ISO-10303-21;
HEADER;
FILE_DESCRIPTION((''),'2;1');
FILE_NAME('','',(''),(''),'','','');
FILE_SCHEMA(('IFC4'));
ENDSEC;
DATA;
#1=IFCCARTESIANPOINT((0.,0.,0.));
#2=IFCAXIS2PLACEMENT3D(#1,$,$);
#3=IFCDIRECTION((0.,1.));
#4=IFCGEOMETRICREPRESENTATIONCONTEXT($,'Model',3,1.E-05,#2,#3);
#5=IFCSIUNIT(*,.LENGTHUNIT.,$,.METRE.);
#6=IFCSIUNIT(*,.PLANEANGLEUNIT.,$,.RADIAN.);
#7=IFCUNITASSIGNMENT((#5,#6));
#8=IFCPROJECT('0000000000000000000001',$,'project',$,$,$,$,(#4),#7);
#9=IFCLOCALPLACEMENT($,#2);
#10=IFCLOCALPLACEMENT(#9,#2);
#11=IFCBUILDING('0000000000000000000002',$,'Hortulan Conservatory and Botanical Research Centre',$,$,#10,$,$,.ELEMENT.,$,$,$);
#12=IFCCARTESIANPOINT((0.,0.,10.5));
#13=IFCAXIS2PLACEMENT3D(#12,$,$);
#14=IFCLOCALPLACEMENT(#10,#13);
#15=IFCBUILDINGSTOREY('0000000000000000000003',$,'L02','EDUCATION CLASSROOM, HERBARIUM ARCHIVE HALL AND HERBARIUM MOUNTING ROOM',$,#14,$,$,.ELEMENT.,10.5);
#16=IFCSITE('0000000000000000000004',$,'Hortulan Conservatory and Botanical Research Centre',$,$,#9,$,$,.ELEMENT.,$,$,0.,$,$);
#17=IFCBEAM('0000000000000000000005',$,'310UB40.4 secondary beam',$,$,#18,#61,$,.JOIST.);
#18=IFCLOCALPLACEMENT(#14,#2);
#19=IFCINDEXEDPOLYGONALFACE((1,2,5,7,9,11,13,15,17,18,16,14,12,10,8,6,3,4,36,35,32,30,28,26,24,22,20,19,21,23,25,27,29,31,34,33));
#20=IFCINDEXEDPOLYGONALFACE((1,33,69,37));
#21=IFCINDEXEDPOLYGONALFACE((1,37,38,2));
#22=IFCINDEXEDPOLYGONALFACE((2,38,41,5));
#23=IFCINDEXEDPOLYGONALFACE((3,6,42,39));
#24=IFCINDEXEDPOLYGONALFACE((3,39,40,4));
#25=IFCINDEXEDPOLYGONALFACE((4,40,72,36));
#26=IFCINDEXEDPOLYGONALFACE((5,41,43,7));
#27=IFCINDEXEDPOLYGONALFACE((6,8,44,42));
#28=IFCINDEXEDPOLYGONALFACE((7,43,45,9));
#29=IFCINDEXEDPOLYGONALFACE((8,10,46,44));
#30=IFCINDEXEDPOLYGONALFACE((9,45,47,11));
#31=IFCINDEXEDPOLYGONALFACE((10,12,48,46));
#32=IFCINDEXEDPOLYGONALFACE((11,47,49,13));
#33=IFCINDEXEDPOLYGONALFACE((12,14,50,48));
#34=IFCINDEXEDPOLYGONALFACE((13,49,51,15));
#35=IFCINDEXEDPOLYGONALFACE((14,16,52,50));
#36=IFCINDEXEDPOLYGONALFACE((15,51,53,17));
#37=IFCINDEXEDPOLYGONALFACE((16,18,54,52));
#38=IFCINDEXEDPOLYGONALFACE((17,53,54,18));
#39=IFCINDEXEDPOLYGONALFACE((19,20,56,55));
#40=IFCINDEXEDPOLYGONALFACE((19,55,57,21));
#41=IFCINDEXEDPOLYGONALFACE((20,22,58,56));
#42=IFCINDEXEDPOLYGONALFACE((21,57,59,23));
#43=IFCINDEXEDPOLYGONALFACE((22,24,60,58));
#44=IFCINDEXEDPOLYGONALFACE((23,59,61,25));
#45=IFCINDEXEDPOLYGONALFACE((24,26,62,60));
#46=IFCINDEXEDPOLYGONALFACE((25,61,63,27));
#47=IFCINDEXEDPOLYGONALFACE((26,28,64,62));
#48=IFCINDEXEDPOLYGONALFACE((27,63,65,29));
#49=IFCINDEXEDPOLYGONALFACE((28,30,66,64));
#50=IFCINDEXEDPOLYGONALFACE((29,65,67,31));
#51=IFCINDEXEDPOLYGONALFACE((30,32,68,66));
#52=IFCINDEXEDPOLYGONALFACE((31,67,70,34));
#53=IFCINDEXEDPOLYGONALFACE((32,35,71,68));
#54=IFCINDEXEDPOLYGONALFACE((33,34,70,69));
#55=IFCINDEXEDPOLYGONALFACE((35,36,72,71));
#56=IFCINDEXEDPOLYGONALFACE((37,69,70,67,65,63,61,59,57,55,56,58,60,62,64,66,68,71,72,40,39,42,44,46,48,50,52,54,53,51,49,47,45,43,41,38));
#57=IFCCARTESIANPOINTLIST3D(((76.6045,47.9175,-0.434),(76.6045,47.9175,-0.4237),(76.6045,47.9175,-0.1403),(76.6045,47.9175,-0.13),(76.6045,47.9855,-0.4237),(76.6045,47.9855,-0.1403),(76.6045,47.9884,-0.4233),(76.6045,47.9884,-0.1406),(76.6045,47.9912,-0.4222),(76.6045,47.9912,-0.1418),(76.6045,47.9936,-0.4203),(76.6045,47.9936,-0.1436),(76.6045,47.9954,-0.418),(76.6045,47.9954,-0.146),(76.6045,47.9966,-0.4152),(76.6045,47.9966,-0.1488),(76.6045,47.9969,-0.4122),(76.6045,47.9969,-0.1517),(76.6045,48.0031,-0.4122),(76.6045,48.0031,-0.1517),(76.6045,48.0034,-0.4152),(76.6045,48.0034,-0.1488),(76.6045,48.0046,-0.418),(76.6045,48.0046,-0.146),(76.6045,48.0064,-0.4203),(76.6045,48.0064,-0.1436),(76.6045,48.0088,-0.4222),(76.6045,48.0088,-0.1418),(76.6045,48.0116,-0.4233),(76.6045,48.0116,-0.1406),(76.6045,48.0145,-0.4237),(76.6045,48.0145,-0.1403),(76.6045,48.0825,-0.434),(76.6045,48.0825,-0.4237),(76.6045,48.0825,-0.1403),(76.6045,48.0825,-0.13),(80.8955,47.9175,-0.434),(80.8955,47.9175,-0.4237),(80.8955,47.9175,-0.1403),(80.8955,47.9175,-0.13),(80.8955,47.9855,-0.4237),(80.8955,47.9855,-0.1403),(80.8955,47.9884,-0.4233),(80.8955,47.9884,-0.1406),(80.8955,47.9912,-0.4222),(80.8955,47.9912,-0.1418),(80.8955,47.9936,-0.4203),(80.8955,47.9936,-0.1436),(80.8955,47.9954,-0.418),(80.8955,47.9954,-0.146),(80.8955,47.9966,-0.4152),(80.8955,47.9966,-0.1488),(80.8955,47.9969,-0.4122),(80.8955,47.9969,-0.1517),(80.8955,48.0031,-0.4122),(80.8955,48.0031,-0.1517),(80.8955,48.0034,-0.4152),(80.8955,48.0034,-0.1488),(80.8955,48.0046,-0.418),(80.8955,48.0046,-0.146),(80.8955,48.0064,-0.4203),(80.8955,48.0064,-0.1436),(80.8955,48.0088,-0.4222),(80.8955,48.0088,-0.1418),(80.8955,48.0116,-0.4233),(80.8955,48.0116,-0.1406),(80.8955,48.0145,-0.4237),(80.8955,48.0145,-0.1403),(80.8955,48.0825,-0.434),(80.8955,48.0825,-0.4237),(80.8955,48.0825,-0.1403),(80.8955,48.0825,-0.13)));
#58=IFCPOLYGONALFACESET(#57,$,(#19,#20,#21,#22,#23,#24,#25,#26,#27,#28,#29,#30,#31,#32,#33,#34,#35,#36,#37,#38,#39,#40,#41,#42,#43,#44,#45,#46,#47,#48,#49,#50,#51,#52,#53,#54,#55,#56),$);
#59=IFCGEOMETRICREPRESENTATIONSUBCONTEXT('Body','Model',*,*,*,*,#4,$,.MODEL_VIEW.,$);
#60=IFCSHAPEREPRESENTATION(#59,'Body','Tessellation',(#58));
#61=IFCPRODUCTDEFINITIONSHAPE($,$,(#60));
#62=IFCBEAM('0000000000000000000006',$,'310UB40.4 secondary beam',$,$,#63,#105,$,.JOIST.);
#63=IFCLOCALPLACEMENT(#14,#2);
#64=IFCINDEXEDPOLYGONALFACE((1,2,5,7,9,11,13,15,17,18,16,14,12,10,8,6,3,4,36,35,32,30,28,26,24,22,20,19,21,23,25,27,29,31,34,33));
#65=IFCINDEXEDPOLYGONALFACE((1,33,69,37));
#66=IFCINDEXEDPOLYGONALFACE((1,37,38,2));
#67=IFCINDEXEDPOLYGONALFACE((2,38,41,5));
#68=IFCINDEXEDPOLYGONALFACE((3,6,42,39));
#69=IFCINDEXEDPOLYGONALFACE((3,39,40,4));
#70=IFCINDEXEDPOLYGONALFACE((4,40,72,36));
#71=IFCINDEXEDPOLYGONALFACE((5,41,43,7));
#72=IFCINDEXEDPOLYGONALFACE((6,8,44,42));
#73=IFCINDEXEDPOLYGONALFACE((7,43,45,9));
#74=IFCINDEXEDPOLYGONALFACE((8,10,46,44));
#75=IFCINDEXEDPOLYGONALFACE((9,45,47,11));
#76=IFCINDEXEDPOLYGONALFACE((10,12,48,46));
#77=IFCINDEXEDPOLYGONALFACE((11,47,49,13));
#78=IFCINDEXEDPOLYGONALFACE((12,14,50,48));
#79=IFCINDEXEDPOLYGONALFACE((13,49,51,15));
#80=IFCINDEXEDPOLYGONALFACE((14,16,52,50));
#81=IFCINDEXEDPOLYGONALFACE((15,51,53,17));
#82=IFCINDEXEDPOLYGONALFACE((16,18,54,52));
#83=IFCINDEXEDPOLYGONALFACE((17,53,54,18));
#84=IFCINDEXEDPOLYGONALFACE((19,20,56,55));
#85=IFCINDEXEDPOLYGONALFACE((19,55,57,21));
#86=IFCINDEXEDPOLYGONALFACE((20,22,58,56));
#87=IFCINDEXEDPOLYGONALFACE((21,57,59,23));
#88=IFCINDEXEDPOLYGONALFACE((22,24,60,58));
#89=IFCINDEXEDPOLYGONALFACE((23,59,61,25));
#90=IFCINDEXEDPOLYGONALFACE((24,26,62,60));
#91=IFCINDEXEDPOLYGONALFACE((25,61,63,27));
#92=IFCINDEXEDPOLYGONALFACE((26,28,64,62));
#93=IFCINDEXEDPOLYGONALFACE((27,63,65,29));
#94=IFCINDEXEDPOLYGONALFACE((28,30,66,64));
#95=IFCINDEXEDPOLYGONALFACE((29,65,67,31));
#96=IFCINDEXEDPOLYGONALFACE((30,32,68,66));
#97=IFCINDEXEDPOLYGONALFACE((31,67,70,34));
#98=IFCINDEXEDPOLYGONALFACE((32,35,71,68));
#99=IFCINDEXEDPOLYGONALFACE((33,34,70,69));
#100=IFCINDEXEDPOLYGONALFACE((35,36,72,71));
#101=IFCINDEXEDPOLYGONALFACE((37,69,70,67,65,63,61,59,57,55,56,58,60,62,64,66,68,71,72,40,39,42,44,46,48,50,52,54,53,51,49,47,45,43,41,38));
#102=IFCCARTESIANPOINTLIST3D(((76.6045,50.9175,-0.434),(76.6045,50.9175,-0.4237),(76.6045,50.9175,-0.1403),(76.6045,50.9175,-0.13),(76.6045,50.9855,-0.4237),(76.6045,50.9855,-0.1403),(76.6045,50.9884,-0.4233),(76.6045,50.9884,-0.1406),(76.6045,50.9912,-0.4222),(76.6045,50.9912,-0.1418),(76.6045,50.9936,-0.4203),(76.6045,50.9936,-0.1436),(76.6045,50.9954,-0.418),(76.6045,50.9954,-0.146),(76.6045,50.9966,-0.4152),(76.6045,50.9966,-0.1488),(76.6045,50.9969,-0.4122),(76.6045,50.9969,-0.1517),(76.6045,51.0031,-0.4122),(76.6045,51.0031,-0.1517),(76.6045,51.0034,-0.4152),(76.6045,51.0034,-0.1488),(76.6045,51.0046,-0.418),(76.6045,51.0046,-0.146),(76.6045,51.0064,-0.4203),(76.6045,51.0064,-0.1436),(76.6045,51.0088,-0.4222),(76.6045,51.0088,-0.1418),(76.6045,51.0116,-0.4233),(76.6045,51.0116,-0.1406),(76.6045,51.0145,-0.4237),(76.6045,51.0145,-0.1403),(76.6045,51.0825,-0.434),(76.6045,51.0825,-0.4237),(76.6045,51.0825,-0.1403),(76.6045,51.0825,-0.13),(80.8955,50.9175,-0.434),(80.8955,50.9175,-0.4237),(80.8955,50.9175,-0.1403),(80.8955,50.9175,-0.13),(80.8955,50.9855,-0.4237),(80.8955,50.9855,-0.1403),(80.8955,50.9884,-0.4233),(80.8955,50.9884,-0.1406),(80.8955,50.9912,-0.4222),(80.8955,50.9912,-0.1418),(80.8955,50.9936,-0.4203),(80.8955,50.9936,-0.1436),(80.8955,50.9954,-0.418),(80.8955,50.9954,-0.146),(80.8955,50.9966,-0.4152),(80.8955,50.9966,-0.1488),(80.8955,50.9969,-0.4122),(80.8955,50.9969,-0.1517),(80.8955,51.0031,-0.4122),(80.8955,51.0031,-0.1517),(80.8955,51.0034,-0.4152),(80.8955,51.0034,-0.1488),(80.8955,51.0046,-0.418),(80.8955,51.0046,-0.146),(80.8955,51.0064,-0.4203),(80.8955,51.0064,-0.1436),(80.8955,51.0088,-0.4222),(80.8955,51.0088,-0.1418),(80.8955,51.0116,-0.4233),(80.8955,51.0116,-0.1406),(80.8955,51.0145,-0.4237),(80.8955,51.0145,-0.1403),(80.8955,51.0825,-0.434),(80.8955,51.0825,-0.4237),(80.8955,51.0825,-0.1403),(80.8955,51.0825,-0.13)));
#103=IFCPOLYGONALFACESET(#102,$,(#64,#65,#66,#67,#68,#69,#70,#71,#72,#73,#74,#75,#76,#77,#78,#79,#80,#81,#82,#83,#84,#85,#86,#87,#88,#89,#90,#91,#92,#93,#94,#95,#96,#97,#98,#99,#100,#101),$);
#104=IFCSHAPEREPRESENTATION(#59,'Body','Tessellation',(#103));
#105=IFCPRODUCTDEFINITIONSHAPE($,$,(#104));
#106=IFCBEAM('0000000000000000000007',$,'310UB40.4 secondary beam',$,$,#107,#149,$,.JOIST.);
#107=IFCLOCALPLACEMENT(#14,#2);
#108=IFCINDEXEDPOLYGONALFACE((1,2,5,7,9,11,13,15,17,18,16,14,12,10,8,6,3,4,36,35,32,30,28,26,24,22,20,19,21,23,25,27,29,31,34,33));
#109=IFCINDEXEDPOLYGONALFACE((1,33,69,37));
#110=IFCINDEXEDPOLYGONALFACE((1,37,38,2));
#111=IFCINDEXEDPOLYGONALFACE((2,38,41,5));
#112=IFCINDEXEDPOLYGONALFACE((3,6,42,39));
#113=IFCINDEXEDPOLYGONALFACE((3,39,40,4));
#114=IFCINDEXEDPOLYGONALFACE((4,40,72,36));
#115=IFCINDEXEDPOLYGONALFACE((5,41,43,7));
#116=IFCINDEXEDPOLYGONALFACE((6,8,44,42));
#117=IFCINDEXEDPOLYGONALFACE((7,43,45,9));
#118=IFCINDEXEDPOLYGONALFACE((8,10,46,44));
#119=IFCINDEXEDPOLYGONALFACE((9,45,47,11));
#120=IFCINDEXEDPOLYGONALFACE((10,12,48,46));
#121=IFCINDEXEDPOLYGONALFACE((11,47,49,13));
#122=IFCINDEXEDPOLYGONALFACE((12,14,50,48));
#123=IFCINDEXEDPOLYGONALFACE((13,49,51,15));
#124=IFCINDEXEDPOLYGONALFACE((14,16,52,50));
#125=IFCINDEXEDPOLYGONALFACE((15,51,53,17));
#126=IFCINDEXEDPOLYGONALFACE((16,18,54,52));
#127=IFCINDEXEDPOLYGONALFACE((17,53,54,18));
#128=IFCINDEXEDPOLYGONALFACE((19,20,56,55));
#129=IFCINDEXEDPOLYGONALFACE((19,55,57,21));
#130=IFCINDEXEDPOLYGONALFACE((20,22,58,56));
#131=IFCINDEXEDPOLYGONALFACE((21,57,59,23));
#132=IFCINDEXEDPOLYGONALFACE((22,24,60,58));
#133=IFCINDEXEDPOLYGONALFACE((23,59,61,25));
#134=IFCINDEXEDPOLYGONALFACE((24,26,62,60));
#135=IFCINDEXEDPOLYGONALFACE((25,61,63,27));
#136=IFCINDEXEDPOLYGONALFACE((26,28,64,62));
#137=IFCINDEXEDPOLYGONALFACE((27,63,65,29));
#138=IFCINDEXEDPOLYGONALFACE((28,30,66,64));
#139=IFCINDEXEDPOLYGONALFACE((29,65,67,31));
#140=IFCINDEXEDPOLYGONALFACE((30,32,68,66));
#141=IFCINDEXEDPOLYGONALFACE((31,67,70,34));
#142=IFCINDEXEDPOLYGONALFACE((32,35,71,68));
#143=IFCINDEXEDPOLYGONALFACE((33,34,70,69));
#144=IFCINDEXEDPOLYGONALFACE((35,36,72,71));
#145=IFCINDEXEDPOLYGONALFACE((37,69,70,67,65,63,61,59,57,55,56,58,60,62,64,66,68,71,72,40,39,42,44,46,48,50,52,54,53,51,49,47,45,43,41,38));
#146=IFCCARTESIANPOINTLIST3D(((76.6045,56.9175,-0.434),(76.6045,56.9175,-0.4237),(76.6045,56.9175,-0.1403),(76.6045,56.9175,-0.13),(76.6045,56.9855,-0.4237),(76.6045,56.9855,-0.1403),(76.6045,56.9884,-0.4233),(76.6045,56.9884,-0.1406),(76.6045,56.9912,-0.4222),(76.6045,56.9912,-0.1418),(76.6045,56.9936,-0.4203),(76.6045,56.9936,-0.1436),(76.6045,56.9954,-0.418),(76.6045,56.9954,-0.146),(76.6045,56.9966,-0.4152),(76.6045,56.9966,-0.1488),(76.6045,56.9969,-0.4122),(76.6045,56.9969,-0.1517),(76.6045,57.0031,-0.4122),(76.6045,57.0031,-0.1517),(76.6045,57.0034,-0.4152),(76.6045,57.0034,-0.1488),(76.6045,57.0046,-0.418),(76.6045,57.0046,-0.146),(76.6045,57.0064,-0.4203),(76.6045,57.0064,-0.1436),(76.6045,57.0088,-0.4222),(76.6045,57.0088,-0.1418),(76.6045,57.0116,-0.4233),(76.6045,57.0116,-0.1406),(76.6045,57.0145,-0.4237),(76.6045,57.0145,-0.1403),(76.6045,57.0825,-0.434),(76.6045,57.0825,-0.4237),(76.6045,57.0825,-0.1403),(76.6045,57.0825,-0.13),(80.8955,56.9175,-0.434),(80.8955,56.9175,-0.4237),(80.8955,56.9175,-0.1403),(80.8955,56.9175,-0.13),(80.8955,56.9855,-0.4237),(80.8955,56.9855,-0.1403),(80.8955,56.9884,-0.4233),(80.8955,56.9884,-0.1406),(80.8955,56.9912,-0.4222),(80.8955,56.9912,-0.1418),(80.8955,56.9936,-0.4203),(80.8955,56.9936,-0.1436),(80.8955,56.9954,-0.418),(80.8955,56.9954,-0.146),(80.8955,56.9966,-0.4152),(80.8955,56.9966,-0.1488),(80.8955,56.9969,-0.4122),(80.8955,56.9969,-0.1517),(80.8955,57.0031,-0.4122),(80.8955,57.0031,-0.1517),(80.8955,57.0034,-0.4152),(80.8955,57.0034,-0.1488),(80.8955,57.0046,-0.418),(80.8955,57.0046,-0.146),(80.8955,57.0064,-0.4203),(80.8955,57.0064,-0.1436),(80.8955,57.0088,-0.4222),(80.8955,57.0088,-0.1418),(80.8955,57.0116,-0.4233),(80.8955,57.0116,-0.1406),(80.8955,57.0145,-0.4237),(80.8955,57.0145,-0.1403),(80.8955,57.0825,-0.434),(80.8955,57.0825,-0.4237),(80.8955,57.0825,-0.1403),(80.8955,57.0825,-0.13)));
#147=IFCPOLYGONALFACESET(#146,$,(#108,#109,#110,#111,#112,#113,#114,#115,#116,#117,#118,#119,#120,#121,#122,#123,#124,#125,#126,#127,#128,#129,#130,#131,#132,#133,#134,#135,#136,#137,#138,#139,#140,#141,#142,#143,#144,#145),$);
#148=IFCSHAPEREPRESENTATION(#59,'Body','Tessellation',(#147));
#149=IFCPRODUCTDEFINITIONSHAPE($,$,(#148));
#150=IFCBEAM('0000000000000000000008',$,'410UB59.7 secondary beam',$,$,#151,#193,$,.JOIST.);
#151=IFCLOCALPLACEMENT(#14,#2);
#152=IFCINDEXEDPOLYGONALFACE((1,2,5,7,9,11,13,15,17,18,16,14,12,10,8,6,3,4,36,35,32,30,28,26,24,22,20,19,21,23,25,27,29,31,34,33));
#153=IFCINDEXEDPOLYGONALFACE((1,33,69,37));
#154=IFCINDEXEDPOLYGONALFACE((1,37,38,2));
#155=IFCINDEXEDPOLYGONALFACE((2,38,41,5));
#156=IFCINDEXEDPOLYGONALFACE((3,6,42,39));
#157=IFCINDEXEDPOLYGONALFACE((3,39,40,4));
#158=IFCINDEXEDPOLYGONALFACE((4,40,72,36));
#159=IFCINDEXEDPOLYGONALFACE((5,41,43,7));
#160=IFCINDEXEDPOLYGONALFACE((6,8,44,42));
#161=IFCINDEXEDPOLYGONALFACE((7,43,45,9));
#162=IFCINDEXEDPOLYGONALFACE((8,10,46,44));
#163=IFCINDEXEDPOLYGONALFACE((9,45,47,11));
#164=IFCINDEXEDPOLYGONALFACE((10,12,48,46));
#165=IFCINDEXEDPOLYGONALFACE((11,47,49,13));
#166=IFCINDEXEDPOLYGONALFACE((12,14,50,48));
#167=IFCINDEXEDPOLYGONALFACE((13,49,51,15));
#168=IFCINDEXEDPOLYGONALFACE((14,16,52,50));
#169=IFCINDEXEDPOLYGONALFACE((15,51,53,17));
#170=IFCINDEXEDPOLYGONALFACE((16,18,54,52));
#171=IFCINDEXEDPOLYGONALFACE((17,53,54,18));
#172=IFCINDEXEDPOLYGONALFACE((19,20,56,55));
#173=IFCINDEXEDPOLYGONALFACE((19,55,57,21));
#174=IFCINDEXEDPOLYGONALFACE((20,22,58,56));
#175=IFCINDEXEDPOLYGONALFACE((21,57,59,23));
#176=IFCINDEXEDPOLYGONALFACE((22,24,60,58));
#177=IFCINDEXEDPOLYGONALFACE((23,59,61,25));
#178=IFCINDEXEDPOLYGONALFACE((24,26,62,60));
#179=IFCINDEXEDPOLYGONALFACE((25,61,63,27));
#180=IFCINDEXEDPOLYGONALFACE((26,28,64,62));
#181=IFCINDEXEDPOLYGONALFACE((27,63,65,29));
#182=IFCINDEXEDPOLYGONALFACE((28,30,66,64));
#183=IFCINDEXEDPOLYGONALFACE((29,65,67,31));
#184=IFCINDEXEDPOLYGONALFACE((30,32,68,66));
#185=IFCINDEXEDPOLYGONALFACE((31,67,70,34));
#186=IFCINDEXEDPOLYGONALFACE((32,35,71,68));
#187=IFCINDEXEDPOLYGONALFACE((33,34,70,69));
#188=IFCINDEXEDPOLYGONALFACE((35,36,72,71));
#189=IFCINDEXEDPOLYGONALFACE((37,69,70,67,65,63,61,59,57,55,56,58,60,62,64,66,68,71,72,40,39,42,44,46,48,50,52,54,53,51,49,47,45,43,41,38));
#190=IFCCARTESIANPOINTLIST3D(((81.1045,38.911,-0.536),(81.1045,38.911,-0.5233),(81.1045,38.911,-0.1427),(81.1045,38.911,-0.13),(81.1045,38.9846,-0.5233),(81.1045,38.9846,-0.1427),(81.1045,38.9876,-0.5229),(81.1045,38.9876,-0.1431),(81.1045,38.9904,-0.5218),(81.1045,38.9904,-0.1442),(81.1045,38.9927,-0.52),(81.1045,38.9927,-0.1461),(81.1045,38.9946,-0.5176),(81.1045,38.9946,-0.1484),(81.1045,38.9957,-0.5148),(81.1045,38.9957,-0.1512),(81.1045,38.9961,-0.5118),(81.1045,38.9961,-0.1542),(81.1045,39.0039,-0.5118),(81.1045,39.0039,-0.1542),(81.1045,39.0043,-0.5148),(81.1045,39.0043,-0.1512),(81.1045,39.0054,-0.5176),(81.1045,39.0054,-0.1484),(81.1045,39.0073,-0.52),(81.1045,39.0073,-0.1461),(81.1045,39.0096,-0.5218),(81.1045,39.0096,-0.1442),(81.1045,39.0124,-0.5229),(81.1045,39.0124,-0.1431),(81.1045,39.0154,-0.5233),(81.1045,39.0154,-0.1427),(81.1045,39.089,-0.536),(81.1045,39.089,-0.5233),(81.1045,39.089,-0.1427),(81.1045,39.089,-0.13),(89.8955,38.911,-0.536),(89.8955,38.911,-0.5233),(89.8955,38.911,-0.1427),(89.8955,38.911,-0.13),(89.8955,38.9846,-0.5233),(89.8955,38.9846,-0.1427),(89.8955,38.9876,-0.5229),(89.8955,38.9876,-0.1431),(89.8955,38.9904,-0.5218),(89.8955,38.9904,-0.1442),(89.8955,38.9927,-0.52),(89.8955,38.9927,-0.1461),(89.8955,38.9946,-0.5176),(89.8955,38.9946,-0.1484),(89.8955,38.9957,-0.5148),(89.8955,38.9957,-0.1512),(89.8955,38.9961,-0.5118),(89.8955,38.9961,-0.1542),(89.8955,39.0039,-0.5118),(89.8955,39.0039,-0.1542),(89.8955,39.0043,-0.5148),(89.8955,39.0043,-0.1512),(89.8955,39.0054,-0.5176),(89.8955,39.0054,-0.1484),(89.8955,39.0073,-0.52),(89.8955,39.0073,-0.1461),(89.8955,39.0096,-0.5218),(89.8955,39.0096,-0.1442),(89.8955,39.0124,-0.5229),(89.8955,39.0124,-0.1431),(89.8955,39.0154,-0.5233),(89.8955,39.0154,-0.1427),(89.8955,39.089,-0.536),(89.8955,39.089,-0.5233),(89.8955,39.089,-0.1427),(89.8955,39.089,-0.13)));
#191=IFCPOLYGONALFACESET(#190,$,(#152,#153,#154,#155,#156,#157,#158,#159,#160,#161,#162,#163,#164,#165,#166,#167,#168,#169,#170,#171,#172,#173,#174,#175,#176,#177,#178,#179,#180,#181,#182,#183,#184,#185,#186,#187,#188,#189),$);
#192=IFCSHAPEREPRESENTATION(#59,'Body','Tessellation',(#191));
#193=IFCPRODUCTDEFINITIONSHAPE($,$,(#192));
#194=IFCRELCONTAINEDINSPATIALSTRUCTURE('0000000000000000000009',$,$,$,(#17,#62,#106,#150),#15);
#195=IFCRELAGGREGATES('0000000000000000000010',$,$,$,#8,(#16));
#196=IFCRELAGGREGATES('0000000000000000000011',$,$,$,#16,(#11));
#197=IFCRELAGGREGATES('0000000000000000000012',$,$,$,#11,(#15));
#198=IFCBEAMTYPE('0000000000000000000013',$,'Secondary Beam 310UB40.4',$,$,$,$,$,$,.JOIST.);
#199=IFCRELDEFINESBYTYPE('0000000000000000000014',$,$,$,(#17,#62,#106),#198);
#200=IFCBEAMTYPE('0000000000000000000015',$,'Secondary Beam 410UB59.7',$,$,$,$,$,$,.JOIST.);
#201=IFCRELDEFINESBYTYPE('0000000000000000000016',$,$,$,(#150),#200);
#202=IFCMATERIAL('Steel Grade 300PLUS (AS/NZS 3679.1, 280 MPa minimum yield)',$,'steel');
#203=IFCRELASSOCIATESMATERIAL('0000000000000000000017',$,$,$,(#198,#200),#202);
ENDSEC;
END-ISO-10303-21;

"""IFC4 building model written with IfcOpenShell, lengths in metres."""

from ifc_helpers import new_model, si_unit, direction, frame, origin, origin_2d, place, context, subcontext, project, spatial, i_section, extrude, material, material_profile, profile_set, type_object, element, save


model = new_model("IFC4")

# Units and contexts
model_context = context("Model", 3, precision=1e-05, world=origin(), true_north=direction((0.0, 1.0)))
body_context = subcontext(model_context, "Body", "Model", "MODEL_VIEW")
ifc_project = project(units=[si_unit("LENGTHUNIT", "METRE"), si_unit("PLANEANGLEUNIT", "RADIAN")], contexts=[model_context])

# Site, building, storey
site_placement = place(None, origin())
site = spatial("IfcSite", under=ifc_project, at=site_placement, Name="Hortulan Conservatory and Botanical Research Centre", CompositionType="ELEMENT", RefElevation=0.0)
building_placement = place(site_placement, origin())
building = spatial("IfcBuilding", under=site, at=building_placement, Name="Hortulan Conservatory and Botanical Research Centre", CompositionType="ELEMENT")
storey_placement = place(building_placement, frame((0.0, 0.0, 10.5)))
storey = spatial("IfcBuildingStorey", under=building, at=storey_placement, Name="L02", Description="EDUCATION CLASSROOM, HERBARIUM ARCHIVE HALL AND HERBARIUM MOUNTING ROOM", CompositionType="ELEMENT", Elevation=10.5)

# Shared definitions
ifc_material_1 = material(Name="Steel Grade 300PLUS (AS/NZS 3679.1, 280 MPa minimum yield)", Category="steel")

# Beams
ifc_material_profile_1 = material_profile(ifc_material_1, i_section(OverallWidth=0.165, OverallDepth=0.304, WebThickness=0.0061, FlangeThickness=0.0103, FilletRadius=0.0115, at=origin_2d()), Name="310UB40.4")
ifc_profile_set_1 = profile_set([ifc_material_profile_1], Name="Steel Grade 300PLUS (AS/NZS 3679.1, 280 MPa minimum yield)")
beam_type_1 = type_object("IfcBeamType", Name="Secondary Beam 310UB40.4", PredefinedType="JOIST", material=ifc_profile_set_1)
for number, where, z_axis, x_axis, name in (
    (1, (76.6045, 48.0, -0.282), (1.0, 0.0, 0.0), (0.0, 1.0, 0.0), "310UB40.4 secondary beam"),
    (2, (76.6045, 51.0, -0.282), (1.0, 0.0, 0.0), (0.0, 1.0, 0.0), "310UB40.4 secondary beam"),
    (3, (76.6045, 57.0, -0.282), (1.0, 0.0, 0.0), (0.0, 1.0, 0.0), "310UB40.4 secondary beam"),
):
    element("IfcBeam", number, at=place(storey_placement, frame(where, z_axis=z_axis, x_axis=x_axis)), inside=storey, type_object=beam_type_1, Name=name, PredefinedType="JOIST", context=body_context, shape_type="SweptSolid", body=[
        extrude(i_section(OverallWidth=0.165, OverallDepth=0.304, WebThickness=0.0061, FlangeThickness=0.0103, FilletRadius=0.0115, at=origin_2d()), origin(), (0.0, 0.0, 1.0), 4.291),
    ])
ifc_material_profile_2 = material_profile(ifc_material_1, i_section(OverallWidth=0.178, OverallDepth=0.406, WebThickness=0.0078, FlangeThickness=0.0127, FilletRadius=0.0115, at=origin_2d()), Name="410UB59.7")
ifc_profile_set_2 = profile_set([ifc_material_profile_2], Name="Steel Grade 300PLUS (AS/NZS 3679.1, 280 MPa minimum yield)")
beam_type_2 = type_object("IfcBeamType", Name="Secondary Beam 410UB59.7", PredefinedType="JOIST", material=ifc_profile_set_2)
for number, where, z_axis, x_axis, name in (
    (4, (81.1045, 39.0, -0.333), (1.0, 0.0, 0.0), (0.0, 1.0, 0.0), "410UB59.7 secondary beam"),
):
    element("IfcBeam", number, at=place(storey_placement, frame(where, z_axis=z_axis, x_axis=x_axis)), inside=storey, type_object=beam_type_2, Name=name, PredefinedType="JOIST", context=body_context, shape_type="SweptSolid", body=[
        extrude(i_section(OverallWidth=0.178, OverallDepth=0.406, WebThickness=0.0078, FlangeThickness=0.0127, FilletRadius=0.0115, at=origin_2d()), origin(), (0.0, 0.0, 1.0), 8.791),
    ])

save(model, "model.ifc")
